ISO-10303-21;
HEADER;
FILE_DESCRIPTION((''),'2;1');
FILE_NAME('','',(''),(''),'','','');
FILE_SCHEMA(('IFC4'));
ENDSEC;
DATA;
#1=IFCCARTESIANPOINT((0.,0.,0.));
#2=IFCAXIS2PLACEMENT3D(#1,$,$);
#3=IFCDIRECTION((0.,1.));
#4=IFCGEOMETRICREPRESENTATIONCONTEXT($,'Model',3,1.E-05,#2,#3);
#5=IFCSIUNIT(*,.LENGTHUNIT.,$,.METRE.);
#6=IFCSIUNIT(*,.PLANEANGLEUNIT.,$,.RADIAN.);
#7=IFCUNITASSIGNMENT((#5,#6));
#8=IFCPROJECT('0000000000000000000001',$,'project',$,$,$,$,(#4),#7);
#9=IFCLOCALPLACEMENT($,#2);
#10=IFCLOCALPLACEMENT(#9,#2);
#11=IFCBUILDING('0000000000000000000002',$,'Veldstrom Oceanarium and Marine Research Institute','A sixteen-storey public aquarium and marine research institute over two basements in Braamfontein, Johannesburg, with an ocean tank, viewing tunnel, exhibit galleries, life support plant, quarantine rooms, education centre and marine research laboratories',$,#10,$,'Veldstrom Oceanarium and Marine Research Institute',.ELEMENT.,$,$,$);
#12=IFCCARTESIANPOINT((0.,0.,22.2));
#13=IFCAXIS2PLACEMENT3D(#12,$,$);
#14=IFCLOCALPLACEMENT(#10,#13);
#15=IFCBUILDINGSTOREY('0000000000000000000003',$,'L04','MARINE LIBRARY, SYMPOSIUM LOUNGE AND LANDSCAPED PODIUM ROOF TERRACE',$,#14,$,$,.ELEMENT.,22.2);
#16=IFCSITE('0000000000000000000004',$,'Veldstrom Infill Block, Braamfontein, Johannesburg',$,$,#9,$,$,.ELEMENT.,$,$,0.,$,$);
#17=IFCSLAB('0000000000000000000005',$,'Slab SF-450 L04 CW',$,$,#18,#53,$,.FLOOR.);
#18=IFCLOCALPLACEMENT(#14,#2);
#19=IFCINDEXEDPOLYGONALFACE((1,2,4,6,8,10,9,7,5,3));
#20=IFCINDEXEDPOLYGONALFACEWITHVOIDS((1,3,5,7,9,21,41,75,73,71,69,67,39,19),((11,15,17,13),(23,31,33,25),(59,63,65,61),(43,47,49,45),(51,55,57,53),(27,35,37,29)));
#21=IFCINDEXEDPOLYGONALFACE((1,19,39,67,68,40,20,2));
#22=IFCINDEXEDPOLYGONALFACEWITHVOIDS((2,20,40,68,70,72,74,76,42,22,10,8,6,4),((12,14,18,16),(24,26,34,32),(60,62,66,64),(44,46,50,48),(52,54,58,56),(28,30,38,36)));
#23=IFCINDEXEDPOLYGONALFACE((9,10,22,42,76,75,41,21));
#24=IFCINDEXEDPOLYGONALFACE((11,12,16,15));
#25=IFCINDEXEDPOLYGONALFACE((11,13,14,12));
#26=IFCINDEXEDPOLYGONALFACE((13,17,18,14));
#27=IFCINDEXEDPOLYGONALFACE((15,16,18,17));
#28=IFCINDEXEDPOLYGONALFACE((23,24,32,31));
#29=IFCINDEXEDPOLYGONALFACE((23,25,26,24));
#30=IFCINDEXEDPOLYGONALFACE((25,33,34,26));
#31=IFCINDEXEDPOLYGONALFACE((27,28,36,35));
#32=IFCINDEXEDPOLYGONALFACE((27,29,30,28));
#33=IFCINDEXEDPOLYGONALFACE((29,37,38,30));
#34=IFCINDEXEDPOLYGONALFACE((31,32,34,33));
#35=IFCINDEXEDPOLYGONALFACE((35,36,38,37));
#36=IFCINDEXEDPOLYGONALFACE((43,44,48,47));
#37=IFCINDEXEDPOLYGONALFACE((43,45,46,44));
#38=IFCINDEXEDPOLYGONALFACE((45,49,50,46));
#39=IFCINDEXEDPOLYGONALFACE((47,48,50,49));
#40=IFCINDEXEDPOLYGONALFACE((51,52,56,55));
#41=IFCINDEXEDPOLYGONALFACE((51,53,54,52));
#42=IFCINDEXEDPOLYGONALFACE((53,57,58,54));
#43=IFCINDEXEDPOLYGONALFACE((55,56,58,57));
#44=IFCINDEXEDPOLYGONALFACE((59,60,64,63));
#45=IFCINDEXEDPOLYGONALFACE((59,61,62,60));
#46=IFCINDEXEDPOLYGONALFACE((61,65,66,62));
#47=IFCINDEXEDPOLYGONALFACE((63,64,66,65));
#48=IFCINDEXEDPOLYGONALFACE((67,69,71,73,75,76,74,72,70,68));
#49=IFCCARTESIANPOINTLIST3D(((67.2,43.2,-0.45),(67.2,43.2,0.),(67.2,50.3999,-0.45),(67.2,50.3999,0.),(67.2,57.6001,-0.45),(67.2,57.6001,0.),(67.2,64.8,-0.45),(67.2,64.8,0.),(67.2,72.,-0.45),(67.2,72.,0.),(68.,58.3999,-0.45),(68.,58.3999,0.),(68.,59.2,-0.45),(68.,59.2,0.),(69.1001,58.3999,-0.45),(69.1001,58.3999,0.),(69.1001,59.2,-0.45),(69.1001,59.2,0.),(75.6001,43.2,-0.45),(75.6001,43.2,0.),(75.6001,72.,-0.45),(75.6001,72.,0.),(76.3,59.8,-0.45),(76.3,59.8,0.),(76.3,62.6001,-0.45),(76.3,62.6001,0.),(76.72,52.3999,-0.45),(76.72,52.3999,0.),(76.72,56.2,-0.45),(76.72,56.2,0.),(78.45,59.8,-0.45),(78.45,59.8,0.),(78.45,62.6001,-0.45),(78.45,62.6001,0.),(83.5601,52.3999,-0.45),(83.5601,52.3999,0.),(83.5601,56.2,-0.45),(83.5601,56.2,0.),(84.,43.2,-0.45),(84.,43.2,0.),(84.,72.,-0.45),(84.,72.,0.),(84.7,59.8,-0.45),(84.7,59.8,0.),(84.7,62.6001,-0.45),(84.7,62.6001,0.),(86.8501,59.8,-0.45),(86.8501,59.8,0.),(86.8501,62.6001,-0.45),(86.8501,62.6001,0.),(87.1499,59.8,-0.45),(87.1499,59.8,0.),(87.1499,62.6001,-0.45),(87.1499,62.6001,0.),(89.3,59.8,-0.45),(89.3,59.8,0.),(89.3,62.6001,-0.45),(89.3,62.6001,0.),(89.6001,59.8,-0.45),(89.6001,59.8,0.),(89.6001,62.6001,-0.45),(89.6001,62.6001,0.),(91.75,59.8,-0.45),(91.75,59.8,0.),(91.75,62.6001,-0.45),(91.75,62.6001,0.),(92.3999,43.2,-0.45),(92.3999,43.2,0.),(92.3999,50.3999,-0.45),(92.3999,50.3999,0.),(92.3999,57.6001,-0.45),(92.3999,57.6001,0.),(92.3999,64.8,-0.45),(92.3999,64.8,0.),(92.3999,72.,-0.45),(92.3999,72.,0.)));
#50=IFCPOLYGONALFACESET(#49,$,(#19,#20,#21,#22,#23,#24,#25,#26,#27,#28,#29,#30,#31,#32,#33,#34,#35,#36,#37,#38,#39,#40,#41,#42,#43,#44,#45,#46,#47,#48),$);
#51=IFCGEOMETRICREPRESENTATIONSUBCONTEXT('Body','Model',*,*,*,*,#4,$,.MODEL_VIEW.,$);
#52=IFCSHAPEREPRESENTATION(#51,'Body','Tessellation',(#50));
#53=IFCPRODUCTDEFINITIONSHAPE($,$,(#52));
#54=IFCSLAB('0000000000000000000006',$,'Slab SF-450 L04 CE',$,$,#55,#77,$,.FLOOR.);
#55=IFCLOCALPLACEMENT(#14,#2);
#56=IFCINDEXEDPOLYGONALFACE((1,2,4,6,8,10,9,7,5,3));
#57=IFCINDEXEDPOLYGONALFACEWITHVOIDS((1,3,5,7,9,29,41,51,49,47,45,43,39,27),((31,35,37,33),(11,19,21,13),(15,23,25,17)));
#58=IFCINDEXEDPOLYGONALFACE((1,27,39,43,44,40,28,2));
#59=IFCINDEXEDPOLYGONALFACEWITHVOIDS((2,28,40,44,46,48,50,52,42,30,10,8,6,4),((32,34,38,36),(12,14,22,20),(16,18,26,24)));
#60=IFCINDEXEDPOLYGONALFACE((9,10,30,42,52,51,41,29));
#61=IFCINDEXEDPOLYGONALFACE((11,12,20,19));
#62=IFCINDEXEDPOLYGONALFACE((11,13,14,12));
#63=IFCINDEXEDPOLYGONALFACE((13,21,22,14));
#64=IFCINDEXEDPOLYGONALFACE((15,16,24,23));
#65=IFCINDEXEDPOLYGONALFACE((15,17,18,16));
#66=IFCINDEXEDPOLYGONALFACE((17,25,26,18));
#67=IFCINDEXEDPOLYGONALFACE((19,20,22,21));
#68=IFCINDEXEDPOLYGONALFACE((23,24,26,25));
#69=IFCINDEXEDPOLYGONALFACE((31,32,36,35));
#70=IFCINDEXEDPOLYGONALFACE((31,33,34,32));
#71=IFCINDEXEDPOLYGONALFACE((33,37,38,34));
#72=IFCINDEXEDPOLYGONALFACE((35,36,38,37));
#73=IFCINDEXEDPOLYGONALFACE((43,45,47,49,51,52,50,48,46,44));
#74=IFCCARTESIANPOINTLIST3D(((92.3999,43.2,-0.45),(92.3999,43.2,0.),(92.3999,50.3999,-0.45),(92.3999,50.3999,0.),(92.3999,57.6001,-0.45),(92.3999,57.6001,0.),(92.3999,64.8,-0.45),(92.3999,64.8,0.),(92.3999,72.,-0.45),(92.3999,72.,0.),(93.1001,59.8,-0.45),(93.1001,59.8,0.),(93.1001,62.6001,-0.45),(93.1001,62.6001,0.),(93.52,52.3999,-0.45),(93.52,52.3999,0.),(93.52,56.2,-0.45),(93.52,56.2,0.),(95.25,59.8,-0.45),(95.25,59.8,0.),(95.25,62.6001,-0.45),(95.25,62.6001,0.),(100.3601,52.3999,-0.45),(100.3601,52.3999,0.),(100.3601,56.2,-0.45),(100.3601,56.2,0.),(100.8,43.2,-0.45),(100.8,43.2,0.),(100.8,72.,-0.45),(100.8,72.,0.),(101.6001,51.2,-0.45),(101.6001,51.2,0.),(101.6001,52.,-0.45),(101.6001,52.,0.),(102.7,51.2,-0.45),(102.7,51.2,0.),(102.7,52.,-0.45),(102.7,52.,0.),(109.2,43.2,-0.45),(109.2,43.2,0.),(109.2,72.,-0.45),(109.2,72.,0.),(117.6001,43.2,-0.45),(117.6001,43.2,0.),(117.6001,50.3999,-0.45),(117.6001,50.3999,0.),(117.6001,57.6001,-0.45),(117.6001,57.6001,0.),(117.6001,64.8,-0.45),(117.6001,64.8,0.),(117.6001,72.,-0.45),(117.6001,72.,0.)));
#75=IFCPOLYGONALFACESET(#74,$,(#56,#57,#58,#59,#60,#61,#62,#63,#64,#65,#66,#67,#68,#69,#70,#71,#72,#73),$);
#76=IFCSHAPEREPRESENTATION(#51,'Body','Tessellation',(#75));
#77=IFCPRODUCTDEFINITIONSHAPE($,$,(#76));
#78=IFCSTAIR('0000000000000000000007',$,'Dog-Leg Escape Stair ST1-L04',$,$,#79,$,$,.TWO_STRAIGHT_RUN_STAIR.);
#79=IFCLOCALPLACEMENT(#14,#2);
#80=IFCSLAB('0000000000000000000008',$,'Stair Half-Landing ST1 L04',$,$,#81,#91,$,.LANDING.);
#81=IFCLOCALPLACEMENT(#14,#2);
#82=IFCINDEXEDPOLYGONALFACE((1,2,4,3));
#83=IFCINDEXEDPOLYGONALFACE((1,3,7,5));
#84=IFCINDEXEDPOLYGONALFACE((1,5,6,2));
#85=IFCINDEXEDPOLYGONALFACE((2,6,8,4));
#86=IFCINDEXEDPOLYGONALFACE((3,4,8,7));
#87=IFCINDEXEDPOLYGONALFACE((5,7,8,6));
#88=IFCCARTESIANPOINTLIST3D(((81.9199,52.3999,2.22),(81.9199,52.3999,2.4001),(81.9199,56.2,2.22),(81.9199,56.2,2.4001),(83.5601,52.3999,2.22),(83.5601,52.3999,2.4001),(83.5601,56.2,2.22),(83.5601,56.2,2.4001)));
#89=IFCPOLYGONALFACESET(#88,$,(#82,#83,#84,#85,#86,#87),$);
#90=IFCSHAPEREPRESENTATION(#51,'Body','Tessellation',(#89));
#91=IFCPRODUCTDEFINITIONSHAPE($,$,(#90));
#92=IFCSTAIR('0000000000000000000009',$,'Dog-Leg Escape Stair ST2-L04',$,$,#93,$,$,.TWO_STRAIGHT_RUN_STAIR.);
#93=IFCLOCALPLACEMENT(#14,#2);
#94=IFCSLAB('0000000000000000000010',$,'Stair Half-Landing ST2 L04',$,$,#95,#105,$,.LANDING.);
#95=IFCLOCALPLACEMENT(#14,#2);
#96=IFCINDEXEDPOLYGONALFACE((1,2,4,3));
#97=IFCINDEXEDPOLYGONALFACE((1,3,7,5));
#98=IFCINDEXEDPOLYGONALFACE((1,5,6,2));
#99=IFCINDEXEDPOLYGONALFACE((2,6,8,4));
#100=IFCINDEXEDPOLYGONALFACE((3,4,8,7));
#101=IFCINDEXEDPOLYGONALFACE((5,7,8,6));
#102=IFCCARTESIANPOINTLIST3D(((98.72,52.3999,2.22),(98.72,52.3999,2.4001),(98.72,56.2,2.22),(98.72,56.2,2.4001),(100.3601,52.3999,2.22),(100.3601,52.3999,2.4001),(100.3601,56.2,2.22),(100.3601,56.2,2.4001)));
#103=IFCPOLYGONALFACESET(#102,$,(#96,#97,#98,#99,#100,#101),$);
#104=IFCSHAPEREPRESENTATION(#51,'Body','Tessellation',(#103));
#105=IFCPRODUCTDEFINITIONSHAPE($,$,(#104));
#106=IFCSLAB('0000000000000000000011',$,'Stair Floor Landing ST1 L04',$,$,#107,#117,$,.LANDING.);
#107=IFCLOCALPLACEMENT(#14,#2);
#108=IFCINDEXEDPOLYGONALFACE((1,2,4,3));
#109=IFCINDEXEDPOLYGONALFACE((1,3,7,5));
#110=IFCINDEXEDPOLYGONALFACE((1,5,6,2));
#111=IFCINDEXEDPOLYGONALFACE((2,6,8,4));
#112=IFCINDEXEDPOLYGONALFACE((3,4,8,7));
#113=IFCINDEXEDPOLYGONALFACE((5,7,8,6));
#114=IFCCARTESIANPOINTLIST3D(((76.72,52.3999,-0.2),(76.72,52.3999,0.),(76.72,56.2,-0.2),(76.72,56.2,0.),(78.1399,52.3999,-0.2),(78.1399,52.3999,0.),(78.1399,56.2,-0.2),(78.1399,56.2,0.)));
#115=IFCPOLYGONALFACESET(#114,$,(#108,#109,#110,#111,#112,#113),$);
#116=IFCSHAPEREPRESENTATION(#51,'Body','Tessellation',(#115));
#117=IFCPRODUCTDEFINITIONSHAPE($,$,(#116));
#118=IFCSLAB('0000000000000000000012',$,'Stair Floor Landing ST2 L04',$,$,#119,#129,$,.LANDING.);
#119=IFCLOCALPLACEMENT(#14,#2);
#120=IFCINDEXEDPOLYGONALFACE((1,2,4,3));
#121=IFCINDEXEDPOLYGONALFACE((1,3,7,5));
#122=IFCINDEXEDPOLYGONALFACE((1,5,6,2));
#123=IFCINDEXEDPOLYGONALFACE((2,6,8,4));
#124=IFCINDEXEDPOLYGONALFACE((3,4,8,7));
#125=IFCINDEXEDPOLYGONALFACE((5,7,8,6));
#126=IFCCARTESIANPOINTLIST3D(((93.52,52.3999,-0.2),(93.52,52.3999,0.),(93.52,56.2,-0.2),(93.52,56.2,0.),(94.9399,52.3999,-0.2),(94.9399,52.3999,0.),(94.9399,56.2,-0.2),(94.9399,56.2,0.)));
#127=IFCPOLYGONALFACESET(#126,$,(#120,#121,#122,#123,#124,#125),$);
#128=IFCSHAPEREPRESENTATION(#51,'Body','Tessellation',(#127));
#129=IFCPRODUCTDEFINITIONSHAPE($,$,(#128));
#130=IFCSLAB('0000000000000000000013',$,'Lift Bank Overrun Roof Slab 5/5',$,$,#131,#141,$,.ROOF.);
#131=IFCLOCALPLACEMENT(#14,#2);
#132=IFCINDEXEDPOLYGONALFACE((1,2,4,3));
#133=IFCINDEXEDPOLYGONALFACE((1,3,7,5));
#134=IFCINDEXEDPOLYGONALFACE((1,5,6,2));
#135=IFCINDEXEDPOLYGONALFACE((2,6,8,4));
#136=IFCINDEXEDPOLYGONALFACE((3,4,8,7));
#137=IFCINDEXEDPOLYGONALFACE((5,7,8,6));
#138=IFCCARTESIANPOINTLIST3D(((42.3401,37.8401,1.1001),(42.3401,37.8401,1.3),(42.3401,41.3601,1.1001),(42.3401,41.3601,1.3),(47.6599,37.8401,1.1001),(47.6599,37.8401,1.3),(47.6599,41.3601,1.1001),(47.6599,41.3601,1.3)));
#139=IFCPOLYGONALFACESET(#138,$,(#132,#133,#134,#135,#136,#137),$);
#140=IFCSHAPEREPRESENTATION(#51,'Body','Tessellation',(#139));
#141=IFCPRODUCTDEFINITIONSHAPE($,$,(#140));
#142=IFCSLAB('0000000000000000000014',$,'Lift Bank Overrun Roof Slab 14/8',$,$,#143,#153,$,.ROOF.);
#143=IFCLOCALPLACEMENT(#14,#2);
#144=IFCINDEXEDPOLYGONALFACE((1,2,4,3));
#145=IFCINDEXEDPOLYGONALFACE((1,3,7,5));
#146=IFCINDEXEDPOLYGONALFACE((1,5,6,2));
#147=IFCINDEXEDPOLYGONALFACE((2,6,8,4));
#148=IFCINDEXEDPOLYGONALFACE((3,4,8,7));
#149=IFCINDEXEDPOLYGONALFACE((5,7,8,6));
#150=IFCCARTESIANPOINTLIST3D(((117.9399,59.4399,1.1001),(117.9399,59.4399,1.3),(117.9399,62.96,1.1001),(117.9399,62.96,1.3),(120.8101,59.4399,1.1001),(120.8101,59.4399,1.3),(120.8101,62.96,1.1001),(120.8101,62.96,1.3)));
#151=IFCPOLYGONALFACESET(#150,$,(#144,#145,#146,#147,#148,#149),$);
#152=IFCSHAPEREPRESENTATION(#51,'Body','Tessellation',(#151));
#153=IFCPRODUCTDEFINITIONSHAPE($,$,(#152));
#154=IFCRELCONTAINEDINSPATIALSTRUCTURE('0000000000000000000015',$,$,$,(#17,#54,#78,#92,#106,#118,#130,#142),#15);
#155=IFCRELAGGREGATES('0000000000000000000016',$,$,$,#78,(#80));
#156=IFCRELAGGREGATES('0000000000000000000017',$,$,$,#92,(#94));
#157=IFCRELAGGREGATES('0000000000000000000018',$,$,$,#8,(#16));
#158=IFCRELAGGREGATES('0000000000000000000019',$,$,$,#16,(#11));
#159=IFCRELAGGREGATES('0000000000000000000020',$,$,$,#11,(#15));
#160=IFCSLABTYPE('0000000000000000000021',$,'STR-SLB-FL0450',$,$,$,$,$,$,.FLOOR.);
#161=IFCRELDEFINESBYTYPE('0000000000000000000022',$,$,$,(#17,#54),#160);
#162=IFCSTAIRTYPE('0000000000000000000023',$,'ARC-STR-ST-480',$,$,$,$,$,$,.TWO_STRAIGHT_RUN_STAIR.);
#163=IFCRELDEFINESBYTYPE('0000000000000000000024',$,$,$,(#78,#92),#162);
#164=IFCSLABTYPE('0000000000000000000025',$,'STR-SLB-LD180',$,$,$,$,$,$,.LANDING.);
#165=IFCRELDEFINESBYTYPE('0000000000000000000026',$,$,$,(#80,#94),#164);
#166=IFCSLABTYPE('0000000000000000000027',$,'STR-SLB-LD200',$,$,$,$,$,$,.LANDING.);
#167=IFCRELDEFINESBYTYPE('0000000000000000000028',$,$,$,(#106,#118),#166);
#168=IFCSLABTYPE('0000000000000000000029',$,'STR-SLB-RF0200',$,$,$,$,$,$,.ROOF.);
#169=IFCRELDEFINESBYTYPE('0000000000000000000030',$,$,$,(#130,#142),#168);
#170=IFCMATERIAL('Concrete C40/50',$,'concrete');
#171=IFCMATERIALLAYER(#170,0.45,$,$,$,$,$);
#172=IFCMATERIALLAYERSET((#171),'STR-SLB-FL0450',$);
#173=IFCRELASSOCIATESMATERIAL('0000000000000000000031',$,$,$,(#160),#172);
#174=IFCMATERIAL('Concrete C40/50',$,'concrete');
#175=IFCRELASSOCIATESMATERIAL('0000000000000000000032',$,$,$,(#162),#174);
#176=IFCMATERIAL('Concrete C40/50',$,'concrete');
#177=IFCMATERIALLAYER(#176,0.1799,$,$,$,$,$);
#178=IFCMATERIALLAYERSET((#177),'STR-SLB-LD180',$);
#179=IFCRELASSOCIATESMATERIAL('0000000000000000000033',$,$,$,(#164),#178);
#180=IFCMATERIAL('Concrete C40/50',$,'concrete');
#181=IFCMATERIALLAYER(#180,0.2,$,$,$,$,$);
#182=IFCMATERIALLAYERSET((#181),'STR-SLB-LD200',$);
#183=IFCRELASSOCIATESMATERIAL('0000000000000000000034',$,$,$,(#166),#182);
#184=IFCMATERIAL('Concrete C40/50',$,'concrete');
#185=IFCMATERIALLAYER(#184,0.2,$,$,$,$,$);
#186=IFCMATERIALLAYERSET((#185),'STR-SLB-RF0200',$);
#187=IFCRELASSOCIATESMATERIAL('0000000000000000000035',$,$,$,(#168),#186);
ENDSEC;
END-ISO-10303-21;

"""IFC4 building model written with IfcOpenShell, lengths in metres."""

from ifc_helpers import new_model, si_unit, direction, frame, origin, place, context, subcontext, project, spatial, polyline, outline, extrude, material, layer, layer_set, type_object, element, aggregate, save


model = new_model("IFC4")

# Units and contexts
model_context = context("Model", 3, precision=1e-05, world=origin(), true_north=direction((0.0, 1.0)))
body_context = subcontext(model_context, "Body", "Model", "MODEL_VIEW")
ifc_project = project(units=[si_unit("LENGTHUNIT", "METRE"), si_unit("PLANEANGLEUNIT", "RADIAN")], contexts=[model_context])

# Site, building, storey
site_placement = place(None, origin())
site = spatial("IfcSite", under=ifc_project, at=site_placement, Name="Veldstrom Infill Block, Braamfontein, Johannesburg", CompositionType="ELEMENT", RefElevation=0.0)
building_placement = place(site_placement, origin())
building = spatial("IfcBuilding", under=site, at=building_placement, Name="Veldstrom Oceanarium and Marine Research Institute", Description="A sixteen-storey public aquarium and marine research institute over two basements in Braamfontein, Johannesburg, with an ocean tank, viewing tunnel, exhibit galleries, life support plant, quarantine rooms, education centre and marine research laboratories", LongName="Veldstrom Oceanarium and Marine Research Institute", CompositionType="ELEMENT")
storey_placement = place(building_placement, frame((0.0, 0.0, 22.2)))
storey = spatial("IfcBuildingStorey", under=building, at=storey_placement, Name="L04", Description="MARINE LIBRARY, SYMPOSIUM LOUNGE AND LANDSCAPED PODIUM ROOF TERRACE", CompositionType="ELEMENT", Elevation=22.2)

# Slabs
ifc_material_1 = material(Name="Concrete C40/50", Category="concrete")
ifc_layer_1 = layer(ifc_material_1, 0.45)
ifc_layer_set_1 = layer_set([ifc_layer_1], Name="STR-SLB-FL0450")
slab_type_1 = type_object("IfcSlabType", Name="STR-SLB-FL0450", PredefinedType="FLOOR", material=ifc_layer_set_1)
slab_1_placement = place(storey_placement, frame((0.0, 0.0, -0.45)))
element("IfcSlab", 1, at=slab_1_placement, inside=storey, type_object=slab_type_1, Name="Slab SF-450 L04 CW", PredefinedType="FLOOR", context=body_context, shape_type="SweptSolid", body=[
    extrude(outline(polyline([(92.3999, 50.3999), (92.3999, 43.2), (84.0, 43.2), (75.6001, 43.2), (67.2, 43.2), (67.2, 50.3999), (67.2, 57.6001), (67.2, 64.8), (67.2, 72.0), (75.6001, 72.0), (84.0, 72.0), (92.3999, 72.0), (92.3999, 64.8), (92.3999, 57.6001), (92.3999, 50.3999)]), holes=[polyline([(83.5601, 52.3999), (83.5601, 56.2), (76.72, 56.2), (76.72, 52.3999), (83.5601, 52.3999)]), polyline([(76.3, 62.6001), (76.3, 59.8), (78.45, 59.8), (78.45, 62.6001), (76.3, 62.6001)]), polyline([(86.8501, 59.8), (86.8501, 62.6001), (84.7, 62.6001), (84.7, 59.8), (86.8501, 59.8)]), polyline([(87.1499, 59.8), (89.3, 59.8), (89.3, 62.6001), (87.1499, 62.6001), (87.1499, 59.8)]), polyline([(89.6001, 62.6001), (89.6001, 59.8), (91.75, 59.8), (91.75, 62.6001), (89.6001, 62.6001)]), polyline([(69.1001, 59.2), (68.0, 59.2), (68.0, 58.3999), (69.1001, 58.3999), (69.1001, 59.2)])]), origin(), (0.0, 0.0, 1.0), 0.45),
])
slab_2_placement = place(storey_placement, frame((0.0, 0.0, -0.45)))
element("IfcSlab", 2, at=slab_2_placement, inside=storey, type_object=slab_type_1, Name="Slab SF-450 L04 CE", PredefinedType="FLOOR", context=body_context, shape_type="SweptSolid", body=[
    extrude(outline(polyline([(117.6001, 57.6001), (117.6001, 50.3999), (117.6001, 43.2), (109.2, 43.2), (100.8, 43.2), (92.3999, 43.2), (92.3999, 50.3999), (92.3999, 57.6001), (92.3999, 64.8), (92.3999, 72.0), (100.8, 72.0), (109.2, 72.0), (117.6001, 72.0), (117.6001, 64.8), (117.6001, 57.6001)]), holes=[polyline([(93.52, 52.3999), (100.3601, 52.3999), (100.3601, 56.2), (93.52, 56.2), (93.52, 52.3999)]), polyline([(95.25, 62.6001), (93.1001, 62.6001), (93.1001, 59.8), (95.25, 59.8), (95.25, 62.6001)]), polyline([(102.7, 52.0), (101.6001, 52.0), (101.6001, 51.2), (102.7, 51.2), (102.7, 52.0)])]), origin(), (0.0, 0.0, 1.0), 0.45),
])

# Stairs, slabs
ifc_material_2 = material(Name="Concrete C40/50", Category="concrete")
stair_type = type_object("IfcStairType", Name="ARC-STR-ST-480", PredefinedType="TWO_STRAIGHT_RUN_STAIR", material=ifc_material_2)
stair_1_placement = place(storey_placement, origin())
stair_1 = element("IfcStair", 3, at=stair_1_placement, inside=storey, type_object=stair_type, Name="Dog-Leg Escape Stair ST1-L04", PredefinedType="TWO_STRAIGHT_RUN_STAIR")
ifc_material_3 = material(Name="Concrete C40/50", Category="concrete")
ifc_layer_2 = layer(ifc_material_3, 0.1799)
ifc_layer_set_2 = layer_set([ifc_layer_2], Name="STR-SLB-LD180")
slab_type_2 = type_object("IfcSlabType", Name="STR-SLB-LD180", PredefinedType="LANDING", material=ifc_layer_set_2)
slab_3_placement = place(storey_placement, frame((0.0, 0.0, 2.22)))
slab_3 = element("IfcSlab", 4, at=slab_3_placement, type_object=slab_type_2, Name="Stair Half-Landing ST1 L04", PredefinedType="LANDING", context=body_context, shape_type="SweptSolid", body=[
    extrude(outline(polyline([(81.9199, 52.3999), (83.5601, 52.3999), (83.5601, 56.2), (81.9199, 56.2), (81.9199, 52.3999)])), origin(), (0.0, 0.0, 1.0), 0.1802),
])
aggregate(stair_1, [slab_3])
stair_2_placement = place(storey_placement, origin())
stair_2 = element("IfcStair", 5, at=stair_2_placement, inside=storey, type_object=stair_type, Name="Dog-Leg Escape Stair ST2-L04", PredefinedType="TWO_STRAIGHT_RUN_STAIR")
slab_4_placement = place(storey_placement, frame((0.0, 0.0, 2.22)))
slab_4 = element("IfcSlab", 6, at=slab_4_placement, type_object=slab_type_2, Name="Stair Half-Landing ST2 L04", PredefinedType="LANDING", context=body_context, shape_type="SweptSolid", body=[
    extrude(outline(polyline([(98.72, 52.3999), (100.3601, 52.3999), (100.3601, 56.2), (98.72, 56.2), (98.72, 52.3999)])), origin(), (0.0, 0.0, 1.0), 0.1802),
])
aggregate(stair_2, [slab_4])

# Slabs
ifc_material_4 = material(Name="Concrete C40/50", Category="concrete")
ifc_layer_3 = layer(ifc_material_4, 0.2)
ifc_layer_set_3 = layer_set([ifc_layer_3], Name="STR-SLB-LD200")
slab_type_3 = type_object("IfcSlabType", Name="STR-SLB-LD200", PredefinedType="LANDING", material=ifc_layer_set_3)
slab_5_placement = place(storey_placement, frame((0.0, 0.0, -0.2)))
element("IfcSlab", 7, at=slab_5_placement, inside=storey, type_object=slab_type_3, Name="Stair Floor Landing ST1 L04", PredefinedType="LANDING", context=body_context, shape_type="SweptSolid", body=[
    extrude(outline(polyline([(76.72, 52.3999), (78.1399, 52.3999), (78.1399, 56.2), (76.72, 56.2), (76.72, 52.3999)])), origin(), (0.0, 0.0, 1.0), 0.2),
])
slab_6_placement = place(storey_placement, frame((0.0, 0.0, -0.2)))
element("IfcSlab", 8, at=slab_6_placement, inside=storey, type_object=slab_type_3, Name="Stair Floor Landing ST2 L04", PredefinedType="LANDING", context=body_context, shape_type="SweptSolid", body=[
    extrude(outline(polyline([(93.52, 52.3999), (94.9399, 52.3999), (94.9399, 56.2), (93.52, 56.2), (93.52, 52.3999)])), origin(), (0.0, 0.0, 1.0), 0.2),
])
ifc_material_5 = material(Name="Concrete C40/50", Category="concrete")
ifc_layer_4 = layer(ifc_material_5, 0.2)
ifc_layer_set_4 = layer_set([ifc_layer_4], Name="STR-SLB-RF0200")
slab_type_4 = type_object("IfcSlabType", Name="STR-SLB-RF0200", PredefinedType="ROOF", material=ifc_layer_set_4)
slab_7_placement = place(storey_placement, frame((0.0, 0.0, 1.1001)))
element("IfcSlab", 9, at=slab_7_placement, inside=storey, type_object=slab_type_4, Name="Lift Bank Overrun Roof Slab 5/5", PredefinedType="ROOF", context=body_context, shape_type="SweptSolid", body=[
    extrude(outline(polyline([(42.3401, 37.8401), (47.6599, 37.8401), (47.6599, 41.3601), (42.3401, 41.3601), (42.3401, 37.8401)])), origin(), (0.0, 0.0, 1.0), 0.2),
])
slab_8_placement = place(storey_placement, frame((0.0, 0.0, 1.1001)))
element("IfcSlab", 10, at=slab_8_placement, inside=storey, type_object=slab_type_4, Name="Lift Bank Overrun Roof Slab 14/8", PredefinedType="ROOF", context=body_context, shape_type="SweptSolid", body=[
    extrude(outline(polyline([(117.9399, 59.4399), (120.8101, 59.4399), (120.8101, 62.96), (117.9399, 62.96), (117.9399, 59.4399)])), origin(), (0.0, 0.0, 1.0), 0.2),
])

save(model, "model.ifc")
